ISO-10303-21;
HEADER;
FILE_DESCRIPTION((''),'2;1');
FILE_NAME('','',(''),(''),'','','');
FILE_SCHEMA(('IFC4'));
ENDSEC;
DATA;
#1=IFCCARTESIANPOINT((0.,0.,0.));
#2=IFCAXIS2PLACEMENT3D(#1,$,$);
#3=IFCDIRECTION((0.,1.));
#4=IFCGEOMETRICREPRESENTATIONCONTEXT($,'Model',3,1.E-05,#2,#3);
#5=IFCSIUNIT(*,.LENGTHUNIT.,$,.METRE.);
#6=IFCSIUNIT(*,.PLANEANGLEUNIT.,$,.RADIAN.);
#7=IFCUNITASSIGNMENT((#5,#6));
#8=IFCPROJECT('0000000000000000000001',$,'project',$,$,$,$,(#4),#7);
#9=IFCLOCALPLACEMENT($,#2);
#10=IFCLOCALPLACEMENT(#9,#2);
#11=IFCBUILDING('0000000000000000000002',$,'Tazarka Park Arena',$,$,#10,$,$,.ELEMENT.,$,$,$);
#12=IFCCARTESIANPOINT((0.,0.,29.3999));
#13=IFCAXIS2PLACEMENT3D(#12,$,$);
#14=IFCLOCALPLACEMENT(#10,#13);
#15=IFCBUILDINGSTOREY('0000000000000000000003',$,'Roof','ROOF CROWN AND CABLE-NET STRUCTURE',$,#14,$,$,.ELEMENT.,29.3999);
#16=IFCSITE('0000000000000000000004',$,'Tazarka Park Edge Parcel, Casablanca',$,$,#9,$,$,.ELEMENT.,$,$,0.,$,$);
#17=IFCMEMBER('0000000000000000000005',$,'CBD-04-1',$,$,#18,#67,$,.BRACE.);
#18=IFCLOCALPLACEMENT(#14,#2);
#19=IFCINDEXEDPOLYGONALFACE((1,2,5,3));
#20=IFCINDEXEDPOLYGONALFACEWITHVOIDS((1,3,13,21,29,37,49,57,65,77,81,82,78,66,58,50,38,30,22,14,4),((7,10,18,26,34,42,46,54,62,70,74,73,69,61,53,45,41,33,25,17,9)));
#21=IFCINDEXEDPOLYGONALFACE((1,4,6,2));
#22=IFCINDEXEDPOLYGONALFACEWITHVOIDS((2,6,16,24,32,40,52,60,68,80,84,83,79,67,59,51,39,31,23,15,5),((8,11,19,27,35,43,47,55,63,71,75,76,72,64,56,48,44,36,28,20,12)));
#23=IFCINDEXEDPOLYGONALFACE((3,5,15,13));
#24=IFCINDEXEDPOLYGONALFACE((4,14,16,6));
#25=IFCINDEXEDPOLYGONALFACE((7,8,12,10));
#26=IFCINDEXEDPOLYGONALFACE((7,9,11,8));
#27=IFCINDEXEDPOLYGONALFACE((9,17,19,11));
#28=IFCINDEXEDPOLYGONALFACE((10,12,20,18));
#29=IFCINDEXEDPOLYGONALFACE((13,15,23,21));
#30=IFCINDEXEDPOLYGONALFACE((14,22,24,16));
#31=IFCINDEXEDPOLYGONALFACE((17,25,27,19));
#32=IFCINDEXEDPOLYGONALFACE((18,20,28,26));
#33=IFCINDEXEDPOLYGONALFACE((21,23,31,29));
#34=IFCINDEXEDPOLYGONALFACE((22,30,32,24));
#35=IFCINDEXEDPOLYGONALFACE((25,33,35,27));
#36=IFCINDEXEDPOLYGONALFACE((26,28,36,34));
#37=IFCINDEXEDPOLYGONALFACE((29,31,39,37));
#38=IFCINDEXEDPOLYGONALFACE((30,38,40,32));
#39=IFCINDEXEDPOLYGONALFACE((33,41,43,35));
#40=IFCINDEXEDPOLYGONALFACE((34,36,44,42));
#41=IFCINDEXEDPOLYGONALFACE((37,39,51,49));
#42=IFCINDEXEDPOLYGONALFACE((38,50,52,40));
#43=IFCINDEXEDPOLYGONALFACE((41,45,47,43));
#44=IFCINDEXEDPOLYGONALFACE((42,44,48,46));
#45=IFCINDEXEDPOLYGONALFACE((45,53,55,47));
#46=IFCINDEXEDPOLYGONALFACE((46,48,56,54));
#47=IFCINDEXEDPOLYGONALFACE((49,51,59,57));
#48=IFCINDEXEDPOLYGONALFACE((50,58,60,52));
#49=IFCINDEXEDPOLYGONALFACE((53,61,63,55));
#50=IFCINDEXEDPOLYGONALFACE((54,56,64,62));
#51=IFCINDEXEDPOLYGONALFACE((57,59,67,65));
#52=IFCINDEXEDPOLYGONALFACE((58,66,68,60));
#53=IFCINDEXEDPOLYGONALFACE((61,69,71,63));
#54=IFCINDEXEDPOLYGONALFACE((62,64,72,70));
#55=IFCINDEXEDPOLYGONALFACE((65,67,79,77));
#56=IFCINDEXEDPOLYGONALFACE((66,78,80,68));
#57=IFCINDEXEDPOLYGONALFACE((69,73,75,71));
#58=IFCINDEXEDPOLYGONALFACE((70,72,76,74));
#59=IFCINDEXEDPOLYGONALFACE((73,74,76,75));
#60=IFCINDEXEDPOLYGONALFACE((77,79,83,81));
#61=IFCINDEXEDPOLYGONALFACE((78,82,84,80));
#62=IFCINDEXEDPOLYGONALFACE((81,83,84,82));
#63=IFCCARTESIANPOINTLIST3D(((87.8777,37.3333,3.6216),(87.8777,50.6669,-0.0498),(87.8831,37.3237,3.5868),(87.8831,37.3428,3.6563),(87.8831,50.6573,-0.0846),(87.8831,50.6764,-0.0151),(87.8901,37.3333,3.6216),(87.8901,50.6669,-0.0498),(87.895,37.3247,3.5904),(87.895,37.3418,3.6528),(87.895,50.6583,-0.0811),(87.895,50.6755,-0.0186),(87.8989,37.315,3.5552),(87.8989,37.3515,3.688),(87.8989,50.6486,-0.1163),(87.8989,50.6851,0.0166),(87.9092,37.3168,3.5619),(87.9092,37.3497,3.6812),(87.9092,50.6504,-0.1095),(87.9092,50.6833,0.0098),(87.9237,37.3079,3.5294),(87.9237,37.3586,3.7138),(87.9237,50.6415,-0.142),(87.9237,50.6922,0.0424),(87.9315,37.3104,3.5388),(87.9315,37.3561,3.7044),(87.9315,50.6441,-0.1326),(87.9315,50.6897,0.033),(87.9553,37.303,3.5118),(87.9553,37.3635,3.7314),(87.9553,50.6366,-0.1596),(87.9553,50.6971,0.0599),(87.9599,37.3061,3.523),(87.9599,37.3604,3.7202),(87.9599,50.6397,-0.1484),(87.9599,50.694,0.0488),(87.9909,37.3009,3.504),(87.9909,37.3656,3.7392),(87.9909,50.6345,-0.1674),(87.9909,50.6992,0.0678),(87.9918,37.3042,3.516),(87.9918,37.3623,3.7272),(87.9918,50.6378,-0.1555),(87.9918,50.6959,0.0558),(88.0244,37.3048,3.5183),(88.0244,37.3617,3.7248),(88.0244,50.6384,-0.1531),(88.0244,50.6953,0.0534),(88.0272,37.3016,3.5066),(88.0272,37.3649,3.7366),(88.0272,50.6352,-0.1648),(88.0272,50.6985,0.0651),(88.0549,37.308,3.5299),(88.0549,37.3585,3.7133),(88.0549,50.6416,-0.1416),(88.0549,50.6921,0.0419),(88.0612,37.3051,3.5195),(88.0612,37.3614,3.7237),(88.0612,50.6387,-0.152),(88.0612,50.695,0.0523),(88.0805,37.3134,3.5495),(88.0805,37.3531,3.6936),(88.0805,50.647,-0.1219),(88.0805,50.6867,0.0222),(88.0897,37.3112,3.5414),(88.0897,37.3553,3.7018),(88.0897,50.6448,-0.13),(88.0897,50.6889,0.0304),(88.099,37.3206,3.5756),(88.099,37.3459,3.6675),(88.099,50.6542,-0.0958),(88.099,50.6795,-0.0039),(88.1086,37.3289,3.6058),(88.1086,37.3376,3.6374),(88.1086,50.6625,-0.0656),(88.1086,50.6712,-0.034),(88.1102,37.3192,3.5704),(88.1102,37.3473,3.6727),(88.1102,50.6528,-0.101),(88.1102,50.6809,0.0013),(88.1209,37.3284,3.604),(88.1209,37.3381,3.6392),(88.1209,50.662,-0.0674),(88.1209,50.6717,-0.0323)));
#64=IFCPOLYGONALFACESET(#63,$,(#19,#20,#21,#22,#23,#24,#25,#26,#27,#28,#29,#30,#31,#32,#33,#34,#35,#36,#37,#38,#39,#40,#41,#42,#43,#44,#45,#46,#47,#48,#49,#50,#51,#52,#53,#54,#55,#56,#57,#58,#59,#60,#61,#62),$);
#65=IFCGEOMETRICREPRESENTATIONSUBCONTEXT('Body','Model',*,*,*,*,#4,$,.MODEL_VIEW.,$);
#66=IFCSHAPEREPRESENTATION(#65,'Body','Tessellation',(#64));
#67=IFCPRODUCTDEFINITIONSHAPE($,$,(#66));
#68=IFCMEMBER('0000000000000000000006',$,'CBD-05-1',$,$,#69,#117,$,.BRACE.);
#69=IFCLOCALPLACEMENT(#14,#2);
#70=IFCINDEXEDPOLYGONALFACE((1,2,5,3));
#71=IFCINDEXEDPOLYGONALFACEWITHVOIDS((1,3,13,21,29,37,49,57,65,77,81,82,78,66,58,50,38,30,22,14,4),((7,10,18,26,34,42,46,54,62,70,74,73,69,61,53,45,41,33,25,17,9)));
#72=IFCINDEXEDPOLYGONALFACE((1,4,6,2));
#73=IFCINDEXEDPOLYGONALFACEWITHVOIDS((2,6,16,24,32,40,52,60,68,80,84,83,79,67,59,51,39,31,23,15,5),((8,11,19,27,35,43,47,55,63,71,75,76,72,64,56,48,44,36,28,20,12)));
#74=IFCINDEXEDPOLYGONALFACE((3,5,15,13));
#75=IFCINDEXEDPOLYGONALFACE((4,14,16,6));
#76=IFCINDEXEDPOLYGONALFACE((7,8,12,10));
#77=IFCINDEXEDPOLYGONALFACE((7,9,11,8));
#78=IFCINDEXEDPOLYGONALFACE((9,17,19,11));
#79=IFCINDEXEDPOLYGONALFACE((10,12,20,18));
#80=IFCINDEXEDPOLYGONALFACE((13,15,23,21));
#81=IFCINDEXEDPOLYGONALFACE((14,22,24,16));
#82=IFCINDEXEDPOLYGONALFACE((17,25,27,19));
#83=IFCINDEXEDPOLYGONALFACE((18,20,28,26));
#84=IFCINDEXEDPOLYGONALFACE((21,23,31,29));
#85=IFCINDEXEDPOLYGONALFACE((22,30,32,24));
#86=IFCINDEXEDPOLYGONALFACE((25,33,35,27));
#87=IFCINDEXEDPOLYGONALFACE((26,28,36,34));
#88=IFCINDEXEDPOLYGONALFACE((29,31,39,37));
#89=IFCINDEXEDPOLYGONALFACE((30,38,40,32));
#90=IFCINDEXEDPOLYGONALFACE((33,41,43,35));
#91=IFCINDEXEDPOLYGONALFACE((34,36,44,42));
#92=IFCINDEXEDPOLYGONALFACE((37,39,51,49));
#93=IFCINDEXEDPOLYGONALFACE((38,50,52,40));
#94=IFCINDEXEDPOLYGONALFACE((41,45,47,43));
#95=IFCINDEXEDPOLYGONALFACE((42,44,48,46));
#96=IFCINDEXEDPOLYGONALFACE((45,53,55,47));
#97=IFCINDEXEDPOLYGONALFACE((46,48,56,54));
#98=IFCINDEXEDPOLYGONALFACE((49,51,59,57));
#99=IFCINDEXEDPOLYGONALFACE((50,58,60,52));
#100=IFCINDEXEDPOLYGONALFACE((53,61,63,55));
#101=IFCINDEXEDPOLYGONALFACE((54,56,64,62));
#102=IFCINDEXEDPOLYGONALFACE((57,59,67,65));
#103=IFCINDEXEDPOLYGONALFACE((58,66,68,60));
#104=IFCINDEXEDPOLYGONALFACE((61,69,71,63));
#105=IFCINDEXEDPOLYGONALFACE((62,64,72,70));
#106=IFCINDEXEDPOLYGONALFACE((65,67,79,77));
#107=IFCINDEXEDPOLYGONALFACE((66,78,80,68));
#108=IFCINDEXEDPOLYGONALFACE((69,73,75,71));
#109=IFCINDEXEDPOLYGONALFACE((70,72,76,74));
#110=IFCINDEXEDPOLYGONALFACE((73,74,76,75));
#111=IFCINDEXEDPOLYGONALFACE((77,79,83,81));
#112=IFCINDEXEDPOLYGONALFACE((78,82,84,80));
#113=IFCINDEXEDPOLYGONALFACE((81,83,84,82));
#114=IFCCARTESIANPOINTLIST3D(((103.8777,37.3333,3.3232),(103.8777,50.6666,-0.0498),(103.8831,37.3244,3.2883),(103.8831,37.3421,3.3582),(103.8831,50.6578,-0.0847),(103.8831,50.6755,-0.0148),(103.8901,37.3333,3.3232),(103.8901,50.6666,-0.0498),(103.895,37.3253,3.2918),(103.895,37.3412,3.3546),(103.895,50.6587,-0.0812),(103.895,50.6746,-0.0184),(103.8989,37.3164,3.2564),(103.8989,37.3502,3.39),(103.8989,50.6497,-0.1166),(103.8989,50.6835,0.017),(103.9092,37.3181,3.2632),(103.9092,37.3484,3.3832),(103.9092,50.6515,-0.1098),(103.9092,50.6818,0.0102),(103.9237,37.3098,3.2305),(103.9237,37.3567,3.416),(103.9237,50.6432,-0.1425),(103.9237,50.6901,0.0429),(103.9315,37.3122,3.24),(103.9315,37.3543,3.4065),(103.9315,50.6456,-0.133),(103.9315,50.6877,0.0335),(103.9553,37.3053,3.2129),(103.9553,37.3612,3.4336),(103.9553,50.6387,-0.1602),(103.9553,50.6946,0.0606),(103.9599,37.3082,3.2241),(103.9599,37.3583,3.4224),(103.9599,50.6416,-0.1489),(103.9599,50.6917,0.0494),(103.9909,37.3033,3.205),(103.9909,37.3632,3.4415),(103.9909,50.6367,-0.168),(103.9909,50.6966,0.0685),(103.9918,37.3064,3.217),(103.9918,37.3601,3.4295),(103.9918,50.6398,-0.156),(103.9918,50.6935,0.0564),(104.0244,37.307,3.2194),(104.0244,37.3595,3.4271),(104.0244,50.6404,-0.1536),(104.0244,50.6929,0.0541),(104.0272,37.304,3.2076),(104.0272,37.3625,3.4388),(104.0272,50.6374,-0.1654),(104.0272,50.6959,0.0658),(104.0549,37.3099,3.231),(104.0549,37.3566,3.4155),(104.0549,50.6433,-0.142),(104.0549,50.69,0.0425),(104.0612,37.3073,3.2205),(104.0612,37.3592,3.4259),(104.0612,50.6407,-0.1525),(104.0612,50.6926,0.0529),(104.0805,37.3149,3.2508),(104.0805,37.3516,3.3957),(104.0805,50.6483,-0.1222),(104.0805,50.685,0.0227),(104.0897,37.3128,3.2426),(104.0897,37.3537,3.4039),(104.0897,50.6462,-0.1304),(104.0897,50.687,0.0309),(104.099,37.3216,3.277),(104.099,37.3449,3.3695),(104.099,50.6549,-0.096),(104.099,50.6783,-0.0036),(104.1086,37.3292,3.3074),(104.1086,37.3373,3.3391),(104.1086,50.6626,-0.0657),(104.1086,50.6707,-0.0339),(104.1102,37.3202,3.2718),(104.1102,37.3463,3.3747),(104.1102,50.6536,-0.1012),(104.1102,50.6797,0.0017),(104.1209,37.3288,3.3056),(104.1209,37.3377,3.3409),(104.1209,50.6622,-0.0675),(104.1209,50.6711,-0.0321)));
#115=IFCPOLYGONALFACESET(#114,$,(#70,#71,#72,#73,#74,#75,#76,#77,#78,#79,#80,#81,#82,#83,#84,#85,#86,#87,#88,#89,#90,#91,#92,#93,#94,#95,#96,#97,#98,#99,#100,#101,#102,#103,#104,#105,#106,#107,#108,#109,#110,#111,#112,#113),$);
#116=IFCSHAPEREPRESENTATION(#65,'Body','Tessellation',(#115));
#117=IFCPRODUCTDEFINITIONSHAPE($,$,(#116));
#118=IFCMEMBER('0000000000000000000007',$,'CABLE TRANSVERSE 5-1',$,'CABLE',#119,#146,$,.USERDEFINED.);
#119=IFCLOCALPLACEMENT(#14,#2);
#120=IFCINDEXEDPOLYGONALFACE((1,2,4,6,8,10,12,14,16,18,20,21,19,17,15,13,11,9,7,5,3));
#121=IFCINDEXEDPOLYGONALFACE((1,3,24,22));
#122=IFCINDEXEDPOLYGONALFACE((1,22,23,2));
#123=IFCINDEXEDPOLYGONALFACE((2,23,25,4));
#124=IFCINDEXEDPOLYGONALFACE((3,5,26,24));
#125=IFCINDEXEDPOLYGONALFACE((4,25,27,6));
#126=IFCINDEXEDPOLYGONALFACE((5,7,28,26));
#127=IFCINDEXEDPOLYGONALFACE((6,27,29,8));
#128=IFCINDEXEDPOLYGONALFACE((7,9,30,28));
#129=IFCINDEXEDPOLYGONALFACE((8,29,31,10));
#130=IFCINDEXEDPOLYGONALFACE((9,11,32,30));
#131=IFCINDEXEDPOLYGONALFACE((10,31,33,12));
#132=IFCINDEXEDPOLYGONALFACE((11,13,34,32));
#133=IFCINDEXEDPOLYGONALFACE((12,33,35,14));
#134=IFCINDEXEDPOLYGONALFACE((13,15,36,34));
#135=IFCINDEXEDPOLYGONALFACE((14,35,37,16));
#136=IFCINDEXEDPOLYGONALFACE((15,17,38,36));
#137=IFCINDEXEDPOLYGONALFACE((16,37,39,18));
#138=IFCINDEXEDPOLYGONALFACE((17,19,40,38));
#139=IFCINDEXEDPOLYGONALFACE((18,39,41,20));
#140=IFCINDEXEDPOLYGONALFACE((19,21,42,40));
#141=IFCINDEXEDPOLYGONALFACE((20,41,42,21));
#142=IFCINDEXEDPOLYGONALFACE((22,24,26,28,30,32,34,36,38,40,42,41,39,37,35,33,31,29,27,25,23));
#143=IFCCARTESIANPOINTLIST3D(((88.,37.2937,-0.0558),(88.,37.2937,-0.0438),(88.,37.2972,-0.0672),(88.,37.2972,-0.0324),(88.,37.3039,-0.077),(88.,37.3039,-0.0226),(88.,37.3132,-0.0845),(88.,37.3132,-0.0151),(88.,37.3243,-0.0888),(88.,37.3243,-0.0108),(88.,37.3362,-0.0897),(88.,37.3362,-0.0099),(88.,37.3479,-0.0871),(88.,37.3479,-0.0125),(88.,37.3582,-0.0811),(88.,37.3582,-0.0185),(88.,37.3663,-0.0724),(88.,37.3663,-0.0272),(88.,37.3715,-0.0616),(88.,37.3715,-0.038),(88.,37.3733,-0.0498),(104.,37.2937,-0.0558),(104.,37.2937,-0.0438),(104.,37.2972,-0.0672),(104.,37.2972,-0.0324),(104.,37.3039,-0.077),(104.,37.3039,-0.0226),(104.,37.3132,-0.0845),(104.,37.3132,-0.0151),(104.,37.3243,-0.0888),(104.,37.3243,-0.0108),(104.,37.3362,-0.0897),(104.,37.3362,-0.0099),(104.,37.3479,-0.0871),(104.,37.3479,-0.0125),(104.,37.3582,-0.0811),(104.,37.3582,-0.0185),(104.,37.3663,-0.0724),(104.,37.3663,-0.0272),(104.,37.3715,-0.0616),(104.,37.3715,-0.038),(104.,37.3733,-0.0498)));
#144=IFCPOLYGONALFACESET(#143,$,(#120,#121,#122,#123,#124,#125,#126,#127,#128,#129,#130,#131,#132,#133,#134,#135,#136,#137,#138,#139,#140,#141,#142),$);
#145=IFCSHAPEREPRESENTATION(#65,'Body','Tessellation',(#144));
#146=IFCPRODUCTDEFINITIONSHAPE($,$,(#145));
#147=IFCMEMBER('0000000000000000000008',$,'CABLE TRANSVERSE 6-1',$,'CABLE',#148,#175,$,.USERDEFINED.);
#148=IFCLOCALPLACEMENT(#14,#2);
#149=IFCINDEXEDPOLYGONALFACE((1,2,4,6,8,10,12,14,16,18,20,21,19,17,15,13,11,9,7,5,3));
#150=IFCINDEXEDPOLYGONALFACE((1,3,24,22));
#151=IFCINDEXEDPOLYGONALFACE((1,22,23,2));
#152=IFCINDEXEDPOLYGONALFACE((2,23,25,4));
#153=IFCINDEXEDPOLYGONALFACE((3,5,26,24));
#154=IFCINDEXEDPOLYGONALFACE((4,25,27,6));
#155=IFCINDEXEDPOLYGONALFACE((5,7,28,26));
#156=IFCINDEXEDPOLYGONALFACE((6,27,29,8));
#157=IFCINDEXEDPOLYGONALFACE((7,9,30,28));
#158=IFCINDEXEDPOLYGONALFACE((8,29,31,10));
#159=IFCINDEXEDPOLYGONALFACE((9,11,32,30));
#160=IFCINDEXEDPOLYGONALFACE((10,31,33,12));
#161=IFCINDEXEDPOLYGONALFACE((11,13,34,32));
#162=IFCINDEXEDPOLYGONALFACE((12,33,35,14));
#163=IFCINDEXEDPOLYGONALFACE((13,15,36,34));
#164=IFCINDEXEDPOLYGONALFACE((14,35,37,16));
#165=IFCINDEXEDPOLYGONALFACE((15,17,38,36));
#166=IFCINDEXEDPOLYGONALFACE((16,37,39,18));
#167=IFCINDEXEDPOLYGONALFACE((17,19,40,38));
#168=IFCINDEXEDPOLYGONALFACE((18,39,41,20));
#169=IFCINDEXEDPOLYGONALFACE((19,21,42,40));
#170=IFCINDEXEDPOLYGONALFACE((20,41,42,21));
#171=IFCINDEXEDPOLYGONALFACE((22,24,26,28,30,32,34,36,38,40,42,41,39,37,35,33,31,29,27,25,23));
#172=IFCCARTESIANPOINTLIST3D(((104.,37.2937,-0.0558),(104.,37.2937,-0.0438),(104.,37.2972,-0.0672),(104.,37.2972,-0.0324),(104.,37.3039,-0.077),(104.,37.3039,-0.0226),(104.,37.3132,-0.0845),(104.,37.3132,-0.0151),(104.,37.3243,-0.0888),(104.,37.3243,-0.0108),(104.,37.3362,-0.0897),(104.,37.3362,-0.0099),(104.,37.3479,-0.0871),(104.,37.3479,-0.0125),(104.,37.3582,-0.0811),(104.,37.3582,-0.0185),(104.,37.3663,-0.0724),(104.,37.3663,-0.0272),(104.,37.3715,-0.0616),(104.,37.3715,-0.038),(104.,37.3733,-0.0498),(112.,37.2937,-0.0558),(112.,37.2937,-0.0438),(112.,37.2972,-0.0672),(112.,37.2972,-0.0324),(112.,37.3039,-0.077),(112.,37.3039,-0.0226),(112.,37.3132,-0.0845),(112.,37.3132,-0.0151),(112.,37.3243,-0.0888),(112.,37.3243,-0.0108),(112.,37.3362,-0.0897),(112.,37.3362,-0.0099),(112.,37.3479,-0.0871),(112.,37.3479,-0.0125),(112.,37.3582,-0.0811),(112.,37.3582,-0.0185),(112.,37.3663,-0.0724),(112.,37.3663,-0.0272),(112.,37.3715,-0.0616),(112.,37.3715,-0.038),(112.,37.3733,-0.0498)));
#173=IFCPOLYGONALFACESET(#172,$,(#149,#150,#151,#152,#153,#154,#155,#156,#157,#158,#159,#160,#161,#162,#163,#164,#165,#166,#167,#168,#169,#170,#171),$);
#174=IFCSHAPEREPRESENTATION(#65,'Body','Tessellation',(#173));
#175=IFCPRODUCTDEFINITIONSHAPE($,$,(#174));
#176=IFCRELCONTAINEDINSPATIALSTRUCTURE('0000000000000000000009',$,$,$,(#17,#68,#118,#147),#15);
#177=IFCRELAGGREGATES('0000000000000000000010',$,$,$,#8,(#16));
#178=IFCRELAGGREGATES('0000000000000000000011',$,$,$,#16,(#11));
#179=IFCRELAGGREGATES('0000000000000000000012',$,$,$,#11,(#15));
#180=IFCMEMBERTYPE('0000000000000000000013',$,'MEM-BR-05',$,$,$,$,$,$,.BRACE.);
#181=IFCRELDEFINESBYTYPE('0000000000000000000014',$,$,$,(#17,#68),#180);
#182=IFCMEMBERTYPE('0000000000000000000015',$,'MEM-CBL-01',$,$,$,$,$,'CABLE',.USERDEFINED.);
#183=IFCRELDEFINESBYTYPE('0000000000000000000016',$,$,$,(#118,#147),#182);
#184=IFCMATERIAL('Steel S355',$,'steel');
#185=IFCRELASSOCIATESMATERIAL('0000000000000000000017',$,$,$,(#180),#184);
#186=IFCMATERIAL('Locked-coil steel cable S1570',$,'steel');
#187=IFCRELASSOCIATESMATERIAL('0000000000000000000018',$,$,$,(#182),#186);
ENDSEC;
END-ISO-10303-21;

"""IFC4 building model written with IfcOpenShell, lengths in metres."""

from ifc_helpers import new_model, si_unit, direction, frame, origin, origin_2d, place, context, subcontext, project, spatial, circle, hollow_circle, extrude, material, material_profile, profile_set, type_object, element, save


model = new_model("IFC4")

# Units and contexts
model_context = context("Model", 3, precision=1e-05, world=origin(), true_north=direction((0.0, 1.0)))
body_context = subcontext(model_context, "Body", "Model", "MODEL_VIEW")
ifc_project = project(units=[si_unit("LENGTHUNIT", "METRE"), si_unit("PLANEANGLEUNIT", "RADIAN")], contexts=[model_context])

# Site, building, storey
site_placement = place(None, origin())
site = spatial("IfcSite", under=ifc_project, at=site_placement, Name="Tazarka Park Edge Parcel, Casablanca", CompositionType="ELEMENT", RefElevation=0.0)
building_placement = place(site_placement, origin())
building = spatial("IfcBuilding", under=site, at=building_placement, Name="Tazarka Park Arena", CompositionType="ELEMENT")
storey_placement = place(building_placement, frame((0.0, 0.0, 29.3999)))
storey = spatial("IfcBuildingStorey", under=building, at=storey_placement, Name="Roof", Description="ROOF CROWN AND CABLE-NET STRUCTURE", CompositionType="ELEMENT", Elevation=29.3999)

# Members
ifc_material_1 = material(Name="Steel S355", Category="steel")
ifc_material_profile_1 = material_profile(ifc_material_1, hollow_circle(Radius=0.1223, WallThickness=0.0125, at=origin_2d()), Name="Steel S355")
ifc_profile_set_1 = profile_set([ifc_material_profile_1], Name="Steel S355")
member_type_1 = type_object("IfcMemberType", Name="MEM-BR-05", PredefinedType="BRACE", material=ifc_profile_set_1)
member_1_placement = place(storey_placement, frame((88.0, 37.3333, 3.6216), z_axis=(0.0, 0.964119, -0.265471), x_axis=(-1.0, 0.0, 0.0)))
element("IfcMember", 1, at=member_1_placement, inside=storey, type_object=member_type_1, Name="CBD-04-1", PredefinedType="BRACE", context=body_context, shape_type="SweptSolid", body=[
    extrude(hollow_circle(Radius=0.1223, WallThickness=0.0125, at=origin_2d()), origin(), (0.0, 0.0, 1.0), 13.8298),
])
member_2_placement = place(storey_placement, frame((104.0, 37.3333, 3.3232), z_axis=(0.0, 0.96946, -0.24525), x_axis=(-1.0, 0.0, 0.0)))
element("IfcMember", 2, at=member_2_placement, inside=storey, type_object=member_type_1, Name="CBD-05-1", PredefinedType="BRACE", context=body_context, shape_type="SweptSolid", body=[
    extrude(hollow_circle(Radius=0.1223, WallThickness=0.0125, at=origin_2d()), origin(), (0.0, 0.0, 1.0), 13.7534),
])
ifc_material_2 = material(Name="Locked-coil steel cable S1570", Category="steel")
ifc_material_profile_2 = material_profile(ifc_material_2, circle(Radius=0.04, at=origin_2d()), Name="Locked-coil steel cable S1570")
ifc_profile_set_2 = profile_set([ifc_material_profile_2], Name="Locked-coil steel cable S1570")
member_type_2 = type_object("IfcMemberType", Name="MEM-CBL-01", ElementType="CABLE", PredefinedType="USERDEFINED", material=ifc_profile_set_2)
member_3_placement = place(storey_placement, frame((88.0, 37.3333, -0.0498), z_axis=(1.0, 0.0, 0.0), x_axis=(0.0, 1.0, 0.0)))
element("IfcMember", 3, at=member_3_placement, inside=storey, type_object=member_type_2, Name="CABLE TRANSVERSE 5-1", ObjectType="CABLE", PredefinedType="USERDEFINED", context=body_context, shape_type="SweptSolid", body=[
    extrude(circle(Radius=0.04, at=origin_2d()), origin(), (0.0, 0.0, 1.0), 16.0),
])
member_4_placement = place(storey_placement, frame((104.0, 37.3333, -0.0498), z_axis=(1.0, 0.0, 0.0), x_axis=(0.0, 1.0, 0.0)))
element("IfcMember", 4, at=member_4_placement, inside=storey, type_object=member_type_2, Name="CABLE TRANSVERSE 6-1", ObjectType="CABLE", PredefinedType="USERDEFINED", context=body_context, shape_type="SweptSolid", body=[
    extrude(circle(Radius=0.04, at=origin_2d()), origin(), (0.0, 0.0, 1.0), 8.0),
])

save(model, "model.ifc")
